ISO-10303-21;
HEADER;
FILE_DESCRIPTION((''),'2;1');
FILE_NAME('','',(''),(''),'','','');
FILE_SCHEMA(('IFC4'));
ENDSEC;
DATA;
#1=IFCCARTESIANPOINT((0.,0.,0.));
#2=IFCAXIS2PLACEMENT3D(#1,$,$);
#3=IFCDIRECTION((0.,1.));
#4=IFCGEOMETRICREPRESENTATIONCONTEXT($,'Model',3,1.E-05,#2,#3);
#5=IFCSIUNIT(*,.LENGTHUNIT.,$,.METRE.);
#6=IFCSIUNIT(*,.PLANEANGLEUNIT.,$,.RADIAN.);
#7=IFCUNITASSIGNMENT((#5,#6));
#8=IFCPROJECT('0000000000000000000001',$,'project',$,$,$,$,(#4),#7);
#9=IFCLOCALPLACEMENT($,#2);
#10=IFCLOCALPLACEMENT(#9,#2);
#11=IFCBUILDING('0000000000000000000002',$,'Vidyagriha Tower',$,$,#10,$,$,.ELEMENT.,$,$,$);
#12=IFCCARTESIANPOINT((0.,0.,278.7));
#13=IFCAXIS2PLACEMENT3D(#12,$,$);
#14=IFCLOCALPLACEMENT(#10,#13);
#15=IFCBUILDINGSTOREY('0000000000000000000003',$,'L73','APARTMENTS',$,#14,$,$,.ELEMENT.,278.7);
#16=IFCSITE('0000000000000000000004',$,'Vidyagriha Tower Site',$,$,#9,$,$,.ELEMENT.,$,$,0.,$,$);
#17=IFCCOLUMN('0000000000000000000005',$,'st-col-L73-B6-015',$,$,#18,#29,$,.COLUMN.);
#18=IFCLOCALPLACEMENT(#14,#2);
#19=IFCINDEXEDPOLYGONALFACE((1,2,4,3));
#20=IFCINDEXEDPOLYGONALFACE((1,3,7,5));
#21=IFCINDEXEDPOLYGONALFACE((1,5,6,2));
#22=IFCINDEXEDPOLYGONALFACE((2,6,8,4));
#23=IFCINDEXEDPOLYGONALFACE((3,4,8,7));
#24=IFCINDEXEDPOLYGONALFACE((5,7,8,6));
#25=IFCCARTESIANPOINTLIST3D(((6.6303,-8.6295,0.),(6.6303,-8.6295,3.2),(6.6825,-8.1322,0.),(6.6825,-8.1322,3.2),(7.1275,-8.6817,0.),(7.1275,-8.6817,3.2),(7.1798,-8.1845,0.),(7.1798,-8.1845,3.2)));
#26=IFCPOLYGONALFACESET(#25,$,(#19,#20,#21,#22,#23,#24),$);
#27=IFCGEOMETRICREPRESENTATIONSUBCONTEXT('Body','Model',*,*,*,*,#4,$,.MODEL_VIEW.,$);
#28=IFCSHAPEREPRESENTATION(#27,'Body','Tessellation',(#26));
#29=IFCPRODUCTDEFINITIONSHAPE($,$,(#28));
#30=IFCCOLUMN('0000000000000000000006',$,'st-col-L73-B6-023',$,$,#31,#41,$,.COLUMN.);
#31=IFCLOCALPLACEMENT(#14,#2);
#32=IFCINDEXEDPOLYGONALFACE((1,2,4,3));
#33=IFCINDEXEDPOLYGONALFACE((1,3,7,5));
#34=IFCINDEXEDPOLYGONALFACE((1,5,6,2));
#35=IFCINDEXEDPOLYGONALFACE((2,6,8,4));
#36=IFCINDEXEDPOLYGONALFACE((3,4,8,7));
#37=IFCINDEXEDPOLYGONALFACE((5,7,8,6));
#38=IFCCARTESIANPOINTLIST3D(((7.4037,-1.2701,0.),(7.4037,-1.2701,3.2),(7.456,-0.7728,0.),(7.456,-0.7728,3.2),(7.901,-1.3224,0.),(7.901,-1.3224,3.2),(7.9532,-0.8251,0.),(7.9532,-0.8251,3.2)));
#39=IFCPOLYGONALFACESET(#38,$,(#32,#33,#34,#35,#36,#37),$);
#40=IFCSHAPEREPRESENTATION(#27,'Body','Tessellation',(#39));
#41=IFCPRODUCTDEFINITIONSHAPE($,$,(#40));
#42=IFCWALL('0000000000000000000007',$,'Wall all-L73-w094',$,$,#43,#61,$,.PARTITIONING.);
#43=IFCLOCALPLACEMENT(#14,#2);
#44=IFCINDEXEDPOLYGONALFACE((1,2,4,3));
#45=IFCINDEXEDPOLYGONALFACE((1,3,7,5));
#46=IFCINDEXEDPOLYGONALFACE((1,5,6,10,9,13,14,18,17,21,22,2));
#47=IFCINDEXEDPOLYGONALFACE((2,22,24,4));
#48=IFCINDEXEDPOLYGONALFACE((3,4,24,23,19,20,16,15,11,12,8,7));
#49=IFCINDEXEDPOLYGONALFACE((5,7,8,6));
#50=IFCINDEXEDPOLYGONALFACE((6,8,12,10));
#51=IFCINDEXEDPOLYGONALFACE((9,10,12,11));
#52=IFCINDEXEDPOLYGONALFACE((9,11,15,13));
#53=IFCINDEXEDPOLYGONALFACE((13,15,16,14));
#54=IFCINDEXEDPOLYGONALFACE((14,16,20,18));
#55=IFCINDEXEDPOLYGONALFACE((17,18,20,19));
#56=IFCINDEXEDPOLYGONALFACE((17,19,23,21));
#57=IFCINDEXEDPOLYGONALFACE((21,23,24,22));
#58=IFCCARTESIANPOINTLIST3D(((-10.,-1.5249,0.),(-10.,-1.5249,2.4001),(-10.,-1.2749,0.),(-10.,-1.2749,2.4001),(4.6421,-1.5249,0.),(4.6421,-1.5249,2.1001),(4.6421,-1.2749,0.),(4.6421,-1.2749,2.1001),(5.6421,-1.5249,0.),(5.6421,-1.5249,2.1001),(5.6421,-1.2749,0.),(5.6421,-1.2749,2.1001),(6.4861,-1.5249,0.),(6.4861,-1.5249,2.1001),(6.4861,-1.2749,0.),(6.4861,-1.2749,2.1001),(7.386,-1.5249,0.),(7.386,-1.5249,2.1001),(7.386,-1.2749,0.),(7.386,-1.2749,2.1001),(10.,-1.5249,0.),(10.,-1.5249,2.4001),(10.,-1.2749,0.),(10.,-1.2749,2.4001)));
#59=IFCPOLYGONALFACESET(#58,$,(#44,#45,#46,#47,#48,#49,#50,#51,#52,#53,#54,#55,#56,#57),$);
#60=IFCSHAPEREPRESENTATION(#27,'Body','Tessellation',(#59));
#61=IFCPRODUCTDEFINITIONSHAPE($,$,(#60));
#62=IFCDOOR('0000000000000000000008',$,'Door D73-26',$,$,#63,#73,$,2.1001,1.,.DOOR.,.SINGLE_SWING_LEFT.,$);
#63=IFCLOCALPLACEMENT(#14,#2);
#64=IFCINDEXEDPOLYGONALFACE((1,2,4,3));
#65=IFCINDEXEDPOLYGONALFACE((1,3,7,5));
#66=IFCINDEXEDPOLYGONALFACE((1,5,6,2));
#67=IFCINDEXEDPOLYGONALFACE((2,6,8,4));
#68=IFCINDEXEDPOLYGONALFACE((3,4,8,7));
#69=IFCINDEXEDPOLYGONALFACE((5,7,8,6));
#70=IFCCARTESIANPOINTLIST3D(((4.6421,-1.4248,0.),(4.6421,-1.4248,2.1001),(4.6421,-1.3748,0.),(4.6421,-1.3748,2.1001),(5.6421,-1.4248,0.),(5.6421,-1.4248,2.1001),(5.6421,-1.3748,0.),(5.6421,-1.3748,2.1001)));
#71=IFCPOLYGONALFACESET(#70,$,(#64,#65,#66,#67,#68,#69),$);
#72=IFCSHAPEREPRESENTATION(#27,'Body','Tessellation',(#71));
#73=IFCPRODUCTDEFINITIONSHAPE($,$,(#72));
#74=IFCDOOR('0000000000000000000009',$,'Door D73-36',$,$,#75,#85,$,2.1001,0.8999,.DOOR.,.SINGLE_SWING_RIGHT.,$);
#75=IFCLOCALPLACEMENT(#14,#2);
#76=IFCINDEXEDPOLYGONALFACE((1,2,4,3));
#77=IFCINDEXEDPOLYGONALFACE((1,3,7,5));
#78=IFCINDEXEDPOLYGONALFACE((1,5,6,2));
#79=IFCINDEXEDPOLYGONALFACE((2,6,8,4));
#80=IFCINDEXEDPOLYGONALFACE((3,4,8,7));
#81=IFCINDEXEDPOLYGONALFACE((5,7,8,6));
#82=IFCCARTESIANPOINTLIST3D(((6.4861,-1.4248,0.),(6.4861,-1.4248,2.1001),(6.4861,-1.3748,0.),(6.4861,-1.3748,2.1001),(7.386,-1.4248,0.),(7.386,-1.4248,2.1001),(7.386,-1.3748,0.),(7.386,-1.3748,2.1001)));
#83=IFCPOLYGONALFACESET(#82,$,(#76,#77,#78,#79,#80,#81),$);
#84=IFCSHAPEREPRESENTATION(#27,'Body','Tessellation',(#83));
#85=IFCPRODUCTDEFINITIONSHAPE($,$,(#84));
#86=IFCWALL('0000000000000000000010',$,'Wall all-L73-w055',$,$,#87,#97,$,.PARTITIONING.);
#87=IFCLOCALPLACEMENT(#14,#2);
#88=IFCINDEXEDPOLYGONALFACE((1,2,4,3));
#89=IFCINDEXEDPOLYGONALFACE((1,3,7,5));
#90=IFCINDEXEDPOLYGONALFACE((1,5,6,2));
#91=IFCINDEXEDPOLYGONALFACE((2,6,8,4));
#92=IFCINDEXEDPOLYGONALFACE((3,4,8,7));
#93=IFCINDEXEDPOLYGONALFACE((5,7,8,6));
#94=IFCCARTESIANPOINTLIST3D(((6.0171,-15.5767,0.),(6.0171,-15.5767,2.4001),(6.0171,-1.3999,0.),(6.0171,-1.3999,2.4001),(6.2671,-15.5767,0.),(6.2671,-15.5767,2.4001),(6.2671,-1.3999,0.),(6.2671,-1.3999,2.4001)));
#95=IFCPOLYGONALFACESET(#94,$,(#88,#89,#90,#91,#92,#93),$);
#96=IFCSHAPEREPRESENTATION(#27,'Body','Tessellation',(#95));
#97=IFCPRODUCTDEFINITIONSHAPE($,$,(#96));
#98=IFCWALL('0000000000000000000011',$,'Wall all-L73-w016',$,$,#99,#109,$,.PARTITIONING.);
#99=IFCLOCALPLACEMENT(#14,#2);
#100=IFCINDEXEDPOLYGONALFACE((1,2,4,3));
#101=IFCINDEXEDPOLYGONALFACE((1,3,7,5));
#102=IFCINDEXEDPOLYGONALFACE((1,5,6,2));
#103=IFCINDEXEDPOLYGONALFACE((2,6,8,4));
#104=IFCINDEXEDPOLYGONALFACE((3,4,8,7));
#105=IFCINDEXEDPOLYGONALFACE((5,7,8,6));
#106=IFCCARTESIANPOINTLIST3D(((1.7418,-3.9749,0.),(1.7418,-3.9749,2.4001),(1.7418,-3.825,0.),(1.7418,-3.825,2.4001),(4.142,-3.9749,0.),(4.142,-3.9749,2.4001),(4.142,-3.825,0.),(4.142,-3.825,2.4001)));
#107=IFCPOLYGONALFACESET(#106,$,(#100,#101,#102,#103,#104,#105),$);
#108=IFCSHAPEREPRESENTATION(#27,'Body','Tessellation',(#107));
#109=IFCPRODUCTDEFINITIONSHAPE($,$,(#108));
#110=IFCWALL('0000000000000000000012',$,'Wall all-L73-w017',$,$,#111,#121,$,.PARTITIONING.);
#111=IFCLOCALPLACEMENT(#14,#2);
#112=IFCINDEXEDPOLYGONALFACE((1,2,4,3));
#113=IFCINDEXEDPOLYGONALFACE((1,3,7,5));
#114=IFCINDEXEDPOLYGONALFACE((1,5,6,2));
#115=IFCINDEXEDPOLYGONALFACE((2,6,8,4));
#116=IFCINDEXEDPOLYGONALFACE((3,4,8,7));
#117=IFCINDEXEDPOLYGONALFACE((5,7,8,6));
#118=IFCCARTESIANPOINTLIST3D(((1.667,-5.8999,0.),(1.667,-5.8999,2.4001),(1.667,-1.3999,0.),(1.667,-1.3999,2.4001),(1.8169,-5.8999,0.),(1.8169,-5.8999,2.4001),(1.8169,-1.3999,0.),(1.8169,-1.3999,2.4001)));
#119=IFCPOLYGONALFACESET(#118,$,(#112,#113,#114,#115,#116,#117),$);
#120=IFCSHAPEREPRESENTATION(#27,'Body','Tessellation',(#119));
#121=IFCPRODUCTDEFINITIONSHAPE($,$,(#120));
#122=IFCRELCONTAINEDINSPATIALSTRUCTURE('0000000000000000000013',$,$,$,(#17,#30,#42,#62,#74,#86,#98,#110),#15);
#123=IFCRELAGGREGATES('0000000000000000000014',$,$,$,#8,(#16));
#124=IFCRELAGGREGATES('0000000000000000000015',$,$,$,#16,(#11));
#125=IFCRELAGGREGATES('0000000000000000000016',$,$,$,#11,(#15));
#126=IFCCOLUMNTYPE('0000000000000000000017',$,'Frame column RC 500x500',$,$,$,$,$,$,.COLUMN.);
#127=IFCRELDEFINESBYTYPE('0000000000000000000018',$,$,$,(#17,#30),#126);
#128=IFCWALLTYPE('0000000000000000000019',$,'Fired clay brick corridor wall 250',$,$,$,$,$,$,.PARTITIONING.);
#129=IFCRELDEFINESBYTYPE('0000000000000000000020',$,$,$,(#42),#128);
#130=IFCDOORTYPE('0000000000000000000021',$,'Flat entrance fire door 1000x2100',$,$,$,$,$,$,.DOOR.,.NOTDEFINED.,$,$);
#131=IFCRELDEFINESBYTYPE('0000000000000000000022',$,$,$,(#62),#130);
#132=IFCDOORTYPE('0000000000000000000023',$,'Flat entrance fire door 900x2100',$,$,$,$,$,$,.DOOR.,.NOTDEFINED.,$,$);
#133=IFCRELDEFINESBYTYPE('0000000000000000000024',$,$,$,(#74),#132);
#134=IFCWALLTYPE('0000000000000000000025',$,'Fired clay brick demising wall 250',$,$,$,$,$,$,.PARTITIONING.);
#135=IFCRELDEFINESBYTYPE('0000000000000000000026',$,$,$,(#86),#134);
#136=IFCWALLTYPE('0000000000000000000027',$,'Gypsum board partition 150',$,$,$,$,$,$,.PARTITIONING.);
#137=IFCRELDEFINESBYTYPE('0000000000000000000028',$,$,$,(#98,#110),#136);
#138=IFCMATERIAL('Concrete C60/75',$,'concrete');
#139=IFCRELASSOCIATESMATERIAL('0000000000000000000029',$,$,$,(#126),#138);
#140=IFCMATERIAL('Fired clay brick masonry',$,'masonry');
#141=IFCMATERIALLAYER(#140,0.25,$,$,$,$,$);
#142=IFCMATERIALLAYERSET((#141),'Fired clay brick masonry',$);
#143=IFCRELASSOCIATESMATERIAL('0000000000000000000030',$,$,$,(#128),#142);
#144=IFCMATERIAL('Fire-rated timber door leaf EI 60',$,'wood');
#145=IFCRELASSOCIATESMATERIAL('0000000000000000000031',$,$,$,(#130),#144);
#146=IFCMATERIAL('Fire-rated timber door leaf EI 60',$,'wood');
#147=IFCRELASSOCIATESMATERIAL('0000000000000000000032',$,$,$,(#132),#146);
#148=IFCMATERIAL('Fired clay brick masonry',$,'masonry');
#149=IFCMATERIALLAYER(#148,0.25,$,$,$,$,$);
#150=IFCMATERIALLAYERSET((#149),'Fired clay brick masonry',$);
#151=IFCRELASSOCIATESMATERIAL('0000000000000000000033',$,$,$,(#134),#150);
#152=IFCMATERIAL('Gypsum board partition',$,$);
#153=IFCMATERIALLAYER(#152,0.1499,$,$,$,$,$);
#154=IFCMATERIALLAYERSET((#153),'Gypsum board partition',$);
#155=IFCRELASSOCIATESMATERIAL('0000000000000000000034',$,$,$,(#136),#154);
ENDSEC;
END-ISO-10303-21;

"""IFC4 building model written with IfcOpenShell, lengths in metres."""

from ifc_helpers import new_model, si_unit, direction, frame, frame_2d, origin, origin_2d, place, context, subcontext, project, spatial, rectangle, extrude, material, layer, layer_set, material_profile, profile_set, type_object, element, fill, save


model = new_model("IFC4")

# Units and contexts
model_context = context("Model", 3, precision=1e-05, world=origin(), true_north=direction((0.0, 1.0)))
body_context = subcontext(model_context, "Body", "Model", "MODEL_VIEW")
ifc_project = project(units=[si_unit("LENGTHUNIT", "METRE"), si_unit("PLANEANGLEUNIT", "RADIAN")], contexts=[model_context])

# Site, building, storey
site_placement = place(None, origin())
site = spatial("IfcSite", under=ifc_project, at=site_placement, Name="Vidyagriha Tower Site", CompositionType="ELEMENT", RefElevation=0.0)
building_placement = place(site_placement, origin())
building = spatial("IfcBuilding", under=site, at=building_placement, Name="Vidyagriha Tower", CompositionType="ELEMENT")
storey_placement = place(building_placement, frame((0.0, 0.0, 278.7)))
storey = spatial("IfcBuildingStorey", under=building, at=storey_placement, Name="L73", Description="APARTMENTS", CompositionType="ELEMENT", Elevation=278.7)

# Columns
ifc_material_1 = material(Name="Concrete C60/75", Category="concrete")
ifc_material_profile = material_profile(ifc_material_1, rectangle(XDim=0.5, YDim=0.5, at=origin_2d()), Name="RC 500x500")
ifc_profile_set = profile_set([ifc_material_profile], Name="Concrete C60/75")
column_type = type_object("IfcColumnType", Name="Frame column RC 500x500", PredefinedType="COLUMN", material=ifc_profile_set)
for number, where, z_axis, x_axis, name in (
    (1, (6.905, -8.407, 0.0), (0.0, 0.0, 1.0), (0.994522, -0.104528, 0.0), "st-col-L73-B6-015"),
    (2, (7.6785, -1.0476, 0.0), (0.0, 0.0, 1.0), (0.994522, -0.104528, 0.0), "st-col-L73-B6-023"),
):
    element("IfcColumn", number, at=place(storey_placement, frame(where, z_axis=z_axis, x_axis=x_axis)), inside=storey, type_object=column_type, Name=name, PredefinedType="COLUMN", context=body_context, shape_type="SweptSolid", body=[
        extrude(rectangle(XDim=0.5, YDim=0.5, at=origin_2d()), origin(), (0.0, 0.0, 1.0), 3.2),
    ])

# Wall, openings, doors
ifc_material_2 = material(Name="Fired clay brick masonry", Category="masonry")
ifc_layer_1 = layer(ifc_material_2, 0.25)
ifc_layer_set_1 = layer_set([ifc_layer_1], Name="Fired clay brick masonry")
wall_type_1 = type_object("IfcWallType", Name="Fired clay brick corridor wall 250", PredefinedType="PARTITIONING", material=ifc_layer_set_1)
wall_1_placement = place(storey_placement, frame((10.0, -1.3999, 0.0), z_axis=(0.0, 0.0, 1.0), x_axis=(-1.0, 0.0, 0.0)))
wall_1 = element("IfcWall", 3, at=wall_1_placement, inside=storey, type_object=wall_type_1, Name="Wall all-L73-w094", PredefinedType="PARTITIONING", context=body_context, shape_type="SweptSolid", body=[
    extrude(rectangle(XDim=20.0, YDim=0.25, at=frame_2d((10.0, 0.0))), origin(), (0.0, 0.0, 1.0), 2.4001),
])
opening_1_placement = place(wall_1_placement, frame((4.3579, 0.0, 0.0)))
opening_1 = element("IfcOpeningElement", 4, at=opening_1_placement, cuts=wall_1, PredefinedType="OPENING", context=body_context, shape_type="SweptSolid", body=[
    extrude(rectangle(XDim=1.0, YDim=2.1001, at=frame_2d((0.5, 1.05))), frame((0.0, 0.135, 0.0), z_axis=(0.0, -1.0, 0.0), x_axis=(1.0, 0.0, 0.0)), (0.0, 0.0, 1.0), 0.27),
])
opening_2_placement = place(wall_1_placement, frame((2.614, 0.0, 0.0)))
opening_2 = element("IfcOpeningElement", 5, at=opening_2_placement, cuts=wall_1, PredefinedType="OPENING", context=body_context, shape_type="SweptSolid", body=[
    extrude(rectangle(XDim=0.8999, YDim=2.1001, at=frame_2d((0.45, 1.05))), frame((0.0, 0.135, 0.0), z_axis=(0.0, -1.0, 0.0), x_axis=(1.0, 0.0, 0.0)), (0.0, 0.0, 1.0), 0.27),
])
ifc_material_3 = material(Name="Fire-rated timber door leaf EI 60", Category="wood")
door_type_1 = type_object("IfcDoorType", Name="Flat entrance fire door 1000x2100", OperationType="NOTDEFINED", PredefinedType="DOOR", material=ifc_material_3)
door_1_placement = place(opening_1_placement, origin())
door_1 = element("IfcDoor", 6, at=door_1_placement, inside=storey, type_object=door_type_1, Name="Door D73-26", OperationType="SINGLE_SWING_LEFT", OverallHeight=2.1001, OverallWidth=1.0, PredefinedType="DOOR", context=body_context, shape_type="SweptSolid", body=[
    extrude(rectangle(XDim=1.0, YDim=2.1001, at=frame_2d((0.5, 1.05))), frame((0.0, 0.0249, 0.0), z_axis=(0.0, -1.0, 0.0), x_axis=(1.0, 0.0, 0.0)), (0.0, 0.0, 1.0), 0.05),
])
fill(opening_1, door_1)
ifc_material_4 = material(Name="Fire-rated timber door leaf EI 60", Category="wood")
door_type_2 = type_object("IfcDoorType", Name="Flat entrance fire door 900x2100", OperationType="NOTDEFINED", PredefinedType="DOOR", material=ifc_material_4)
door_2_placement = place(opening_2_placement, origin())
door_2 = element("IfcDoor", 7, at=door_2_placement, inside=storey, type_object=door_type_2, Name="Door D73-36", OperationType="SINGLE_SWING_RIGHT", OverallHeight=2.1001, OverallWidth=0.8999, PredefinedType="DOOR", context=body_context, shape_type="SweptSolid", body=[
    extrude(rectangle(XDim=0.8999, YDim=2.1001, at=frame_2d((0.45, 1.05))), frame((0.0, 0.0249, 0.0), z_axis=(0.0, -1.0, 0.0), x_axis=(1.0, 0.0, 0.0)), (0.0, 0.0, 1.0), 0.05),
])
fill(opening_2, door_2)

# Walls
ifc_material_5 = material(Name="Fired clay brick masonry", Category="masonry")
ifc_layer_2 = layer(ifc_material_5, 0.25)
ifc_layer_set_2 = layer_set([ifc_layer_2], Name="Fired clay brick masonry")
wall_type_2 = type_object("IfcWallType", Name="Fired clay brick demising wall 250", PredefinedType="PARTITIONING", material=ifc_layer_set_2)
wall_2_placement = place(storey_placement, frame((6.1421, -1.3999, 0.0), z_axis=(0.0, 0.0, 1.0), x_axis=(0.0, -1.0, 0.0)))
element("IfcWall", 8, at=wall_2_placement, inside=storey, type_object=wall_type_2, Name="Wall all-L73-w055", PredefinedType="PARTITIONING", context=body_context, shape_type="SweptSolid", body=[
    extrude(rectangle(XDim=14.1768, YDim=0.25, at=frame_2d((7.0884, 0.0))), origin(), (0.0, 0.0, 1.0), 2.4001),
])
ifc_material_6 = material(Name="Gypsum board partition")
ifc_layer_3 = layer(ifc_material_6, 0.1499)
ifc_layer_set_3 = layer_set([ifc_layer_3], Name="Gypsum board partition")
wall_type_3 = type_object("IfcWallType", Name="Gypsum board partition 150", PredefinedType="PARTITIONING", material=ifc_layer_set_3)
wall_3_placement = place(storey_placement, frame((4.1421, -3.8999, 0.0), z_axis=(0.0, 0.0, 1.0), x_axis=(-1.0, 0.0, 0.0)))
element("IfcWall", 9, at=wall_3_placement, inside=storey, type_object=wall_type_3, Name="Wall all-L73-w016", PredefinedType="PARTITIONING", context=body_context, shape_type="SweptSolid", body=[
    extrude(rectangle(XDim=2.4001, YDim=0.1499, at=frame_2d((1.2002, 0.0))), origin(), (0.0, 0.0, 1.0), 2.4001),
])
wall_4_placement = place(storey_placement, frame((1.7419, -5.8999, 0.0), z_axis=(0.0, 0.0, 1.0), x_axis=(0.0, 1.0, 0.0)))
element("IfcWall", 10, at=wall_4_placement, inside=storey, type_object=wall_type_3, Name="Wall all-L73-w017", PredefinedType="PARTITIONING", context=body_context, shape_type="SweptSolid", body=[
    extrude(rectangle(XDim=4.5, YDim=0.1499, at=frame_2d((2.25, 0.0))), origin(), (0.0, 0.0, 1.0), 2.4001),
])

save(model, "model.ifc")
